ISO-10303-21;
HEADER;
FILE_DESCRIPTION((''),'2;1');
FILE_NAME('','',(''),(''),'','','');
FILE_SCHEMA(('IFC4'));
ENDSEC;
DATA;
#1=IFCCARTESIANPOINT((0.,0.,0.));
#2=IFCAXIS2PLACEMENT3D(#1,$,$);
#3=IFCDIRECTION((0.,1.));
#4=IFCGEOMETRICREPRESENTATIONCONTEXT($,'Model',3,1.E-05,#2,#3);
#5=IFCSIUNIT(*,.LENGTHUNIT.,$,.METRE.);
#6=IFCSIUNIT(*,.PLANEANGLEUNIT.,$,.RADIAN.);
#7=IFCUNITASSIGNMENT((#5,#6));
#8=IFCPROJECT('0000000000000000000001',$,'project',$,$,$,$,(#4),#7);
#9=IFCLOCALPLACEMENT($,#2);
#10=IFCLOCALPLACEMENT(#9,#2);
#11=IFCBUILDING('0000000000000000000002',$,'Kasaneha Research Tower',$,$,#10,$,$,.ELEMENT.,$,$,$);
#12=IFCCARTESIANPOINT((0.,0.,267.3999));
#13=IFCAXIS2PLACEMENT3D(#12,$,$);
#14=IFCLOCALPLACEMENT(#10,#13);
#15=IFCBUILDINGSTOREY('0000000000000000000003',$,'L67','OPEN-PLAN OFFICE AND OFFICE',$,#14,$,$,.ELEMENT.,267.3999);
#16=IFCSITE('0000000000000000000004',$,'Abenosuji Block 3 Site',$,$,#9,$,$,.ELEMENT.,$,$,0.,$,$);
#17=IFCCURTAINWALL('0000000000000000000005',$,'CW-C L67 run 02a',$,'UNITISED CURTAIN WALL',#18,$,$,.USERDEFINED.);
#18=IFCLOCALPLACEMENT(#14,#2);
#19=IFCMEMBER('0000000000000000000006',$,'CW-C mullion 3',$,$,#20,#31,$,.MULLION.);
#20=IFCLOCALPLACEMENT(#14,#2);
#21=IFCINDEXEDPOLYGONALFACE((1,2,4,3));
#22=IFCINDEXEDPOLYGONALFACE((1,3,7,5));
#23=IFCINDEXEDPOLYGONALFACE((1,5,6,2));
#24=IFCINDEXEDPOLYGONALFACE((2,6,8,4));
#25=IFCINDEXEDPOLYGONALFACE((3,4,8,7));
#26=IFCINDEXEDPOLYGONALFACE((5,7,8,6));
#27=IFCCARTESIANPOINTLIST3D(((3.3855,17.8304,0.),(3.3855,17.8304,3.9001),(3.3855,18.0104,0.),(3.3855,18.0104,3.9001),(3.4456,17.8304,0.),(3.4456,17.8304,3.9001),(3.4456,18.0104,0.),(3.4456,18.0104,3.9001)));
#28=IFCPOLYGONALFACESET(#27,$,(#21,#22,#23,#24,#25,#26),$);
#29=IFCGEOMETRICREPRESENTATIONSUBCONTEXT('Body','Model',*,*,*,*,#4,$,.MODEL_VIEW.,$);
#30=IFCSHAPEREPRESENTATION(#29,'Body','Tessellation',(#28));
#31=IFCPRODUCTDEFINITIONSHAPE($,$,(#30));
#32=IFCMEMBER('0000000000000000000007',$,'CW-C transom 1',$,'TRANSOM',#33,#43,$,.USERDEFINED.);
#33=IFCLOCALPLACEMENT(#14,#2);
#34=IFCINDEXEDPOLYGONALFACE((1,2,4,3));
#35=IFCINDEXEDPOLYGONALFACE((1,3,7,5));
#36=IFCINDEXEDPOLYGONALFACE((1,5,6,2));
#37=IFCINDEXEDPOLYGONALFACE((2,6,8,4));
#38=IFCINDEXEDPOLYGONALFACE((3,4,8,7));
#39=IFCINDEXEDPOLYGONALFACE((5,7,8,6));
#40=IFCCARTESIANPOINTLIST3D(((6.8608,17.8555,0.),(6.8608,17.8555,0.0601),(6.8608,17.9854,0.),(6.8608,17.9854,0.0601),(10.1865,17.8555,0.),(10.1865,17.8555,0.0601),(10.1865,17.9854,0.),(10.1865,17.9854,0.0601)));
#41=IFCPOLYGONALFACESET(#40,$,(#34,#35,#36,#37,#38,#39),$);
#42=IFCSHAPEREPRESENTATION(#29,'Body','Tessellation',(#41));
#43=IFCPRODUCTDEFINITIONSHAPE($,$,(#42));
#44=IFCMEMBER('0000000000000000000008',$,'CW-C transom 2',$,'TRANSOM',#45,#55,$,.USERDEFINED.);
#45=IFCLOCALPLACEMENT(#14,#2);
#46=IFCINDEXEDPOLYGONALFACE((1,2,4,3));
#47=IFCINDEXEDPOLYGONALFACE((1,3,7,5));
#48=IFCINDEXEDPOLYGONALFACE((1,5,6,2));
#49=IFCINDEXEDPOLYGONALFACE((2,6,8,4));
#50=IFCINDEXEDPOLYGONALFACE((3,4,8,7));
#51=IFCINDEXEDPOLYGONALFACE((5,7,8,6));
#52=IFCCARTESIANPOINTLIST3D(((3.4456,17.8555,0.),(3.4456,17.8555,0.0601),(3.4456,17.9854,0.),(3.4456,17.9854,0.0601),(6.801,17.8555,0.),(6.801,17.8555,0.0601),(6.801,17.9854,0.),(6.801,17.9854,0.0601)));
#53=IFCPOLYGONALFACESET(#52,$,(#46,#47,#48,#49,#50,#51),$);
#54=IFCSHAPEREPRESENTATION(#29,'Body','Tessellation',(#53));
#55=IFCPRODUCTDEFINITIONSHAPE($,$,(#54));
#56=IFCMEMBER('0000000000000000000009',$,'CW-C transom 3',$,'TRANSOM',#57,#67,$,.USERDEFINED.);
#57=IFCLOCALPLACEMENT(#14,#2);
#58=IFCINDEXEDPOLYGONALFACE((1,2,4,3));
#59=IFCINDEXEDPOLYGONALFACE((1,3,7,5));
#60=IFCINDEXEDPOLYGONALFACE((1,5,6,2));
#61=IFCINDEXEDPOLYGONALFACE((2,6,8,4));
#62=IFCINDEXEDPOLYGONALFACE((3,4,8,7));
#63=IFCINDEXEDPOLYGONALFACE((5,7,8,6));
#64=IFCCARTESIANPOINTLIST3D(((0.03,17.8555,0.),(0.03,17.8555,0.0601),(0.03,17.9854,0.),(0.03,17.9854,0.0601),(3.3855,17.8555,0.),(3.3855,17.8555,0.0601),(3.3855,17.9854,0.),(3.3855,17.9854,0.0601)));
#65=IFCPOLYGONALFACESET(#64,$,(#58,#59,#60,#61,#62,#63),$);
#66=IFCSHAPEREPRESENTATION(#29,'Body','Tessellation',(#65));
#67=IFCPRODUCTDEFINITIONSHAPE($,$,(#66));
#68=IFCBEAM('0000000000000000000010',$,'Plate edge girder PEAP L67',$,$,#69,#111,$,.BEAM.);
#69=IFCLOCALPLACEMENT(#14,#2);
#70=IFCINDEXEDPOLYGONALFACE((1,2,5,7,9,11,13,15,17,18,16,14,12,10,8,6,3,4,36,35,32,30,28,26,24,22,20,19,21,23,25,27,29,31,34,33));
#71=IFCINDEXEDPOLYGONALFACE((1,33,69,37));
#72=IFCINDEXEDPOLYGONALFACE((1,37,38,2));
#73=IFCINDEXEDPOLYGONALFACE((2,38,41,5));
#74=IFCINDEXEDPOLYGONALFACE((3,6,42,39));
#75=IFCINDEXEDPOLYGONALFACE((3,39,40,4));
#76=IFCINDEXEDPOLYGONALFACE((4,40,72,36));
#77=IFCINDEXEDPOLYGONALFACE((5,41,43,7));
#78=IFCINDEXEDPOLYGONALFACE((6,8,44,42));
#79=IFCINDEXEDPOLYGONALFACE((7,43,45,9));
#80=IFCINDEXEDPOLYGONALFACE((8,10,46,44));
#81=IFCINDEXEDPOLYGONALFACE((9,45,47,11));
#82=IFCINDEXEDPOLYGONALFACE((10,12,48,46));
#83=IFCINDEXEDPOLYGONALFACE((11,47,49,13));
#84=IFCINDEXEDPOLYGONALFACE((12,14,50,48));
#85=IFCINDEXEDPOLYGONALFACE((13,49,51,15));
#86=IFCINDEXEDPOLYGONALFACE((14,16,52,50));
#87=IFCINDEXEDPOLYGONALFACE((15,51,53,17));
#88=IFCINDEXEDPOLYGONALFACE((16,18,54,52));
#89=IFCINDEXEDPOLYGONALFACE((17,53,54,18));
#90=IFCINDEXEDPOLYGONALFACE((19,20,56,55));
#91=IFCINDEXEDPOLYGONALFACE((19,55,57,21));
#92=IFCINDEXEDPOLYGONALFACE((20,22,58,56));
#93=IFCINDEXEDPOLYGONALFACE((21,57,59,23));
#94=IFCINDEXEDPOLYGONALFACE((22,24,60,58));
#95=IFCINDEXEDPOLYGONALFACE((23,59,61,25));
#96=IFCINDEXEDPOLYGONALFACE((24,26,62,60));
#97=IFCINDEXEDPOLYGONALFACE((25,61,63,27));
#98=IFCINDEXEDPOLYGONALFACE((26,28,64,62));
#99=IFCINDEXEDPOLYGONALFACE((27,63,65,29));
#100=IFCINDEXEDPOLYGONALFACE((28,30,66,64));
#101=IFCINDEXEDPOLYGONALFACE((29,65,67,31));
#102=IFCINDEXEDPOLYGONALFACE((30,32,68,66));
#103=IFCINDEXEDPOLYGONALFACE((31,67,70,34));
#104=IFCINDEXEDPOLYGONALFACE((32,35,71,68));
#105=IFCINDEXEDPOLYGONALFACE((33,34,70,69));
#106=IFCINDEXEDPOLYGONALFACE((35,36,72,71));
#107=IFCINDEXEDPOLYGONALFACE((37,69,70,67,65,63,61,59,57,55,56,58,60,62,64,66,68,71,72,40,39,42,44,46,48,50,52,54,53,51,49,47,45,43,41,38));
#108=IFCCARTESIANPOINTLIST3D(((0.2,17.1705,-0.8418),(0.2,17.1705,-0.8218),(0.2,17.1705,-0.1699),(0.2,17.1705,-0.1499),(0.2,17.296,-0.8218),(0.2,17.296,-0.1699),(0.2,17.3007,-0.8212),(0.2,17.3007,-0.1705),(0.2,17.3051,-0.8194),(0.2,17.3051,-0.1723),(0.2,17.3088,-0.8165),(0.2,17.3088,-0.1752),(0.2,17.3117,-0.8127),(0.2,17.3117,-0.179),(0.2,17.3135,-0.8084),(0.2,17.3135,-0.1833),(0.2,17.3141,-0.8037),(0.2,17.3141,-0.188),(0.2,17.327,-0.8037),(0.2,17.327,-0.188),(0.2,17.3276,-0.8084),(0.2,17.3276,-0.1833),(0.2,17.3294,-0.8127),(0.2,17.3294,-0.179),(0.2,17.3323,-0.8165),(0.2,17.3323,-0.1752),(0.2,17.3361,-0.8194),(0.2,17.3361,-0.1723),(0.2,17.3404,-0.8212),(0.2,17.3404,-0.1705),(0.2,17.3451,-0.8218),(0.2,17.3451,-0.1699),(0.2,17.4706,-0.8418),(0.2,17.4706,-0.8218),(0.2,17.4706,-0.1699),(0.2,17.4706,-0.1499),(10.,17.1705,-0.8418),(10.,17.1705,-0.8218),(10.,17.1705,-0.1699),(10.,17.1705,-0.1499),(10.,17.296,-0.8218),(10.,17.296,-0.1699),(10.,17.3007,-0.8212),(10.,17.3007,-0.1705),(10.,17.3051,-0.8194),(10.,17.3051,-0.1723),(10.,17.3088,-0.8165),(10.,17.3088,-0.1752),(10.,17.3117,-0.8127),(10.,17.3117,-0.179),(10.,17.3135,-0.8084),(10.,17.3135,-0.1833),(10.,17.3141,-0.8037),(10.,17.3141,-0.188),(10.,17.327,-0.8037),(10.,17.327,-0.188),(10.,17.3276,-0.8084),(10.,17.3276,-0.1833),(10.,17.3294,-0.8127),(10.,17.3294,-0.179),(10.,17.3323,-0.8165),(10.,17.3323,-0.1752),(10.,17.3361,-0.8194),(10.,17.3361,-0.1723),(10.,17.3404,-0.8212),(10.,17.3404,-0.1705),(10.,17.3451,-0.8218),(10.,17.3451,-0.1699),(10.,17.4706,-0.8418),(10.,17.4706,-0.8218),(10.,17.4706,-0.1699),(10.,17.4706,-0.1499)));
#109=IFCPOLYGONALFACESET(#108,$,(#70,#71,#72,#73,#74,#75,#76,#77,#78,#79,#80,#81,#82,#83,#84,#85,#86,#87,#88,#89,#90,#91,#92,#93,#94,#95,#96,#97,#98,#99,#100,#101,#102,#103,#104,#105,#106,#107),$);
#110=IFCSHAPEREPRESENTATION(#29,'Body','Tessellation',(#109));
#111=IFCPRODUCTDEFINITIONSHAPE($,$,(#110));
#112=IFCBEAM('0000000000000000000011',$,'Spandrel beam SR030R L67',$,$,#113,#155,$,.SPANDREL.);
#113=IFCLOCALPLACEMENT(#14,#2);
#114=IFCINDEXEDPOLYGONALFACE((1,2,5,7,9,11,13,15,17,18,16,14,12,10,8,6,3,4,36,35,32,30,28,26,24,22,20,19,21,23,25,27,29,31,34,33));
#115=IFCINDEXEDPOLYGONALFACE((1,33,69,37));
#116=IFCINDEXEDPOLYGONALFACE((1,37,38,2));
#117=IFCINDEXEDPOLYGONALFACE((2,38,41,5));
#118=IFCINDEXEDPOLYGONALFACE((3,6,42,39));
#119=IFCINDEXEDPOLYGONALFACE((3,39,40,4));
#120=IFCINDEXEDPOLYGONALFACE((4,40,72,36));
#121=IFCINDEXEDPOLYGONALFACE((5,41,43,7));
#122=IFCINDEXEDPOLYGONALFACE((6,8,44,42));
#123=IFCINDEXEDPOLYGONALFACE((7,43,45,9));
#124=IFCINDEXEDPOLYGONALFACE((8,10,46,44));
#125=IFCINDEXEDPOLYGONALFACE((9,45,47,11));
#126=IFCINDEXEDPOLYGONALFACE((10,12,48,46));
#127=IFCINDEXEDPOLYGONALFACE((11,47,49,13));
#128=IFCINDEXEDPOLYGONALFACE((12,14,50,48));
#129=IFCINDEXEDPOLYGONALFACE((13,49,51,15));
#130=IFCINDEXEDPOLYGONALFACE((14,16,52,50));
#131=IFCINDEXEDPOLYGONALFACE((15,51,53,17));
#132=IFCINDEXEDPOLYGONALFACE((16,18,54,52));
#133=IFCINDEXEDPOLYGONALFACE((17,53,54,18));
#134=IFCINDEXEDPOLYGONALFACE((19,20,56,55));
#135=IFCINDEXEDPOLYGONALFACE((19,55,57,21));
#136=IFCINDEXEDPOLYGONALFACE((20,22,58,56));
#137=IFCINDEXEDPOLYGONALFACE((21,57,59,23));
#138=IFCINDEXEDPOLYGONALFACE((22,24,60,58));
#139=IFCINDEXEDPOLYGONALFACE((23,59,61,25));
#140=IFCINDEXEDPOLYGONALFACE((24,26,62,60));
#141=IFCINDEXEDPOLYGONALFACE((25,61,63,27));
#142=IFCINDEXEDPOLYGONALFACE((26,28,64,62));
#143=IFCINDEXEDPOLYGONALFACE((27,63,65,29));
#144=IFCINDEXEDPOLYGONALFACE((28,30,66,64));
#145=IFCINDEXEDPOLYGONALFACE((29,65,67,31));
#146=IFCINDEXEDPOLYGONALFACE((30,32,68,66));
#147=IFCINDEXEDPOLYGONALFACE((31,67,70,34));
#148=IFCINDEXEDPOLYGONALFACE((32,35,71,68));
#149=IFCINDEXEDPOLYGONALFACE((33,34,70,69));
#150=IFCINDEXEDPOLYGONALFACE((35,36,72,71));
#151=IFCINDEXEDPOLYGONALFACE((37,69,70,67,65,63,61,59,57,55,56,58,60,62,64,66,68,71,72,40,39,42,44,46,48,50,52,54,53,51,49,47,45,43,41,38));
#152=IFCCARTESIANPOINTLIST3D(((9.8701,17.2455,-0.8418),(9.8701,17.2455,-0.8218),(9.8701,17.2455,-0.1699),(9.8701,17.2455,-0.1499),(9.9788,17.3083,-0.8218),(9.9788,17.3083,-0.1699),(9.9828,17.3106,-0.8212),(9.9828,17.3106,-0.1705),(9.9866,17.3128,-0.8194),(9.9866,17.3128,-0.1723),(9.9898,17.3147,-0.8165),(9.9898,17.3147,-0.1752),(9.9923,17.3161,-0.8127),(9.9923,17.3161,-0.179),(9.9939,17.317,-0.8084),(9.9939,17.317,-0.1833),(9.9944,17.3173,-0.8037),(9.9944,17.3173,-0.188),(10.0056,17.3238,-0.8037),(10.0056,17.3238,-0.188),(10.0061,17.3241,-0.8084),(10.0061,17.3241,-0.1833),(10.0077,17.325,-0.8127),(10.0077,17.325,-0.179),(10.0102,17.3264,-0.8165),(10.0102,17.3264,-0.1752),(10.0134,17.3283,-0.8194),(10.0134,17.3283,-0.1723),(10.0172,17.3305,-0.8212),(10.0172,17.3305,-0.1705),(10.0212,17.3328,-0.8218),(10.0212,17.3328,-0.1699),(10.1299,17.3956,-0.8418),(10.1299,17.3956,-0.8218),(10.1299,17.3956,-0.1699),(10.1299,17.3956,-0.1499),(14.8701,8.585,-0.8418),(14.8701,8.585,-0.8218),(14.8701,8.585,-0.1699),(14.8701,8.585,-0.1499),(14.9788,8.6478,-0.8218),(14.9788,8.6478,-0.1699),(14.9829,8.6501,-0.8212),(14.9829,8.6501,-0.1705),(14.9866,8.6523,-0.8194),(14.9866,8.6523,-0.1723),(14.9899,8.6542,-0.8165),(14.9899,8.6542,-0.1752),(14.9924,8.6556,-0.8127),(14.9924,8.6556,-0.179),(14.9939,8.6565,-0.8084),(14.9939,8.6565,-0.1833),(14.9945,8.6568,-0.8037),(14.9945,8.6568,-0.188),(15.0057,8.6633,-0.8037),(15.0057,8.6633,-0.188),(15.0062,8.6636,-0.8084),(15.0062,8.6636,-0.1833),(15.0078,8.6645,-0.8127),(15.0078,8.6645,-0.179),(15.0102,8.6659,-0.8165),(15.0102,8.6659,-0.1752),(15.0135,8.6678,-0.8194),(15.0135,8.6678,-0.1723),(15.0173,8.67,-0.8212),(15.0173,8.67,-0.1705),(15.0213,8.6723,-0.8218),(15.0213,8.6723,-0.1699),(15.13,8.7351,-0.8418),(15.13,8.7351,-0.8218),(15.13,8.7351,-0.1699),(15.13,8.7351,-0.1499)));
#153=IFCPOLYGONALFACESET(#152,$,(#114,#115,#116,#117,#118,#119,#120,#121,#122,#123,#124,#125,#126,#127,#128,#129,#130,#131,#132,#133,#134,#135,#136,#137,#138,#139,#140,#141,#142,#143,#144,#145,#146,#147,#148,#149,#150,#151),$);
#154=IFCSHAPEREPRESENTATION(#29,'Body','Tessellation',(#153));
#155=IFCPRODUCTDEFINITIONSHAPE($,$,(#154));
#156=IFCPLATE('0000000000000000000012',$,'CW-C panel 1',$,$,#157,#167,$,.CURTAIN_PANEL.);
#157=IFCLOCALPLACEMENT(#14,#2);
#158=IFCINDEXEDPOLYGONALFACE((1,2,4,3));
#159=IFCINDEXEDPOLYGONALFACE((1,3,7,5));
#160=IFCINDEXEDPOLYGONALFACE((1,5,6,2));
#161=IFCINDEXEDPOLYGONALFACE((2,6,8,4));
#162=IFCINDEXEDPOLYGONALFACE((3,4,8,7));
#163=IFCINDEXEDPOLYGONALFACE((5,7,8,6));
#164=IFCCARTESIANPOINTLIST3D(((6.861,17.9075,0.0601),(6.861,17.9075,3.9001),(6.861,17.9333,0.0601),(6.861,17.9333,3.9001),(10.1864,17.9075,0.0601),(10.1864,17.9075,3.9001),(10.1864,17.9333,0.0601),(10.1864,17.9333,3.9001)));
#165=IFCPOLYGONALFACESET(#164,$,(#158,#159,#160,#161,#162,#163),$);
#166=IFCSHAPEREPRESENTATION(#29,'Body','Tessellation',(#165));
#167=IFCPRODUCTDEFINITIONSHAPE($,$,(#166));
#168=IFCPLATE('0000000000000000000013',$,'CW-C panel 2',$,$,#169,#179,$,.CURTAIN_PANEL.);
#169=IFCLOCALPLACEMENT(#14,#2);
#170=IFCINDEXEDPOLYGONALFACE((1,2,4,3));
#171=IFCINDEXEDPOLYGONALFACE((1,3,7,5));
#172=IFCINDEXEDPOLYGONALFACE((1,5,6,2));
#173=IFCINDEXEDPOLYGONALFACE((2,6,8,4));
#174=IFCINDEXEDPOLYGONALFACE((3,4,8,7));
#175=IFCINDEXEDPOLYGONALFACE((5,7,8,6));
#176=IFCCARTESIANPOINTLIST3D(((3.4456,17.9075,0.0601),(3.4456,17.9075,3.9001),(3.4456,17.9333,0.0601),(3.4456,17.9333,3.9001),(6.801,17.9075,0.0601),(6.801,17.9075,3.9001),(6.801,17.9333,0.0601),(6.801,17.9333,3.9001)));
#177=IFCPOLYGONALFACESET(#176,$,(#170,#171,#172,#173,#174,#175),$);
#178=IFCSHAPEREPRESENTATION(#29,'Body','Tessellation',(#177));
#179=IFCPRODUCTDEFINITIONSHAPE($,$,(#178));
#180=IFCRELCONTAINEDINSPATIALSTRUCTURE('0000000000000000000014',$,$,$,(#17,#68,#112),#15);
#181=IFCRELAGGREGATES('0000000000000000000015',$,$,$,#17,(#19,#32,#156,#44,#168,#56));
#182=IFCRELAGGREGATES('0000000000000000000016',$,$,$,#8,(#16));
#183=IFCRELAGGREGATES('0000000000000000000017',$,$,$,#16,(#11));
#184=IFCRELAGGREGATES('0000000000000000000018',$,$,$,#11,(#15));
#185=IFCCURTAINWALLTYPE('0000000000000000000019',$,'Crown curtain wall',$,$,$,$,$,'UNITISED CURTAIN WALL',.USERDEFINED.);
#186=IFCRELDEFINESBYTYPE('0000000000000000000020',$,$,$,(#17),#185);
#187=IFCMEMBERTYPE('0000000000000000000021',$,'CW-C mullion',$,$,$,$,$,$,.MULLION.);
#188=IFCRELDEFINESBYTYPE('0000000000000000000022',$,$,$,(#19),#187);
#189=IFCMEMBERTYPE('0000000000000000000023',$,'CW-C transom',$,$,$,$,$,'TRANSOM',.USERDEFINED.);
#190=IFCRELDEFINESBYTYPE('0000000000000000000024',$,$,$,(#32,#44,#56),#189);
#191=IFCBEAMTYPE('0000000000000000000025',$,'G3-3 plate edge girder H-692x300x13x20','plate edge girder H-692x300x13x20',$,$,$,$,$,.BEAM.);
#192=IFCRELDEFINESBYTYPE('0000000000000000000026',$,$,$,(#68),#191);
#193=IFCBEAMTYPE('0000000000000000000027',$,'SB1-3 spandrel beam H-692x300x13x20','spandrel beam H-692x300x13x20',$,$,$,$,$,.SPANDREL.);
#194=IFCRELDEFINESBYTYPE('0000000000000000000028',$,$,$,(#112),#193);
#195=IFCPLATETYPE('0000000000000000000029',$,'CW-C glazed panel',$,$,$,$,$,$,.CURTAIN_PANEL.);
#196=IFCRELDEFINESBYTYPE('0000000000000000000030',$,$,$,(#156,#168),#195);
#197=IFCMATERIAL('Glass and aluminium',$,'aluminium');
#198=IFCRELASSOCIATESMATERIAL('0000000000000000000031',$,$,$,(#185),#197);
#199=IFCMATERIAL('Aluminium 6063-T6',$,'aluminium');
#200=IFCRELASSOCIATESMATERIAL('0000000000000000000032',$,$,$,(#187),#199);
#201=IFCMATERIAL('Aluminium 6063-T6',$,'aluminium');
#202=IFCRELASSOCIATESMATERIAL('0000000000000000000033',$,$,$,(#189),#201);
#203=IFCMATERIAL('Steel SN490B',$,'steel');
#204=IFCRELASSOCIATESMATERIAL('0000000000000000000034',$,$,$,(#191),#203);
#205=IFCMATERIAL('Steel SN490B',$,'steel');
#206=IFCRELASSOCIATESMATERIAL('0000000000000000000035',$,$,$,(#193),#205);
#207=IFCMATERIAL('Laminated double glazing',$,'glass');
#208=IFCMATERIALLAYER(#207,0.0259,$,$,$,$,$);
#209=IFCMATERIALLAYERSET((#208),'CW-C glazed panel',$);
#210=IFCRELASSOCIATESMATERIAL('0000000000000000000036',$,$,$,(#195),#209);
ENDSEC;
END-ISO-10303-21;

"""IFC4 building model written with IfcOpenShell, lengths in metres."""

from ifc_helpers import new_model, si_unit, direction, frame, origin, origin_2d, place, context, subcontext, project, spatial, rectangle, i_section, extrude, material, layer, layer_set, material_profile, profile_set, type_object, element, aggregate, save


model = new_model("IFC4")

# Units and contexts
model_context = context("Model", 3, precision=1e-05, world=origin(), true_north=direction((0.0, 1.0)))
body_context = subcontext(model_context, "Body", "Model", "MODEL_VIEW")
ifc_project = project(units=[si_unit("LENGTHUNIT", "METRE"), si_unit("PLANEANGLEUNIT", "RADIAN")], contexts=[model_context])

# Site, building, storey
site_placement = place(None, origin())
site = spatial("IfcSite", under=ifc_project, at=site_placement, Name="Abenosuji Block 3 Site", CompositionType="ELEMENT", RefElevation=0.0)
building_placement = place(site_placement, origin())
building = spatial("IfcBuilding", under=site, at=building_placement, Name="Kasaneha Research Tower", CompositionType="ELEMENT")
storey_placement = place(building_placement, frame((0.0, 0.0, 267.3999)))
storey = spatial("IfcBuildingStorey", under=building, at=storey_placement, Name="L67", Description="OPEN-PLAN OFFICE AND OFFICE", CompositionType="ELEMENT", Elevation=267.3999)

# Curtain wall, members
ifc_material_1 = material(Name="Glass and aluminium", Category="aluminium")
curtain_wall_type = type_object("IfcCurtainWallType", Name="Crown curtain wall", ElementType="UNITISED CURTAIN WALL", PredefinedType="USERDEFINED", material=ifc_material_1)
curtain_wall_placement = place(storey_placement, origin())
curtain_wall = element("IfcCurtainWall", 1, at=curtain_wall_placement, inside=storey, type_object=curtain_wall_type, Name="CW-C L67 run 02a", ObjectType="UNITISED CURTAIN WALL", PredefinedType="USERDEFINED")
ifc_material_2 = material(Name="Aluminium 6063-T6", Category="aluminium")
ifc_material_profile_1 = material_profile(ifc_material_2, rectangle(XDim=0.0601, YDim=0.1799, at=origin_2d()), Name="CW-C mullion 60x180")
ifc_profile_set_1 = profile_set([ifc_material_profile_1], Name="Aluminium 6063-T6")
member_type_1 = type_object("IfcMemberType", Name="CW-C mullion", PredefinedType="MULLION", material=ifc_profile_set_1)
member_1_placement = place(storey_placement, frame((3.4155, 17.9204, 0.0), z_axis=(0.0, 0.0, 1.0), x_axis=(-1.0, 0.0, 0.0)))
member_1 = element("IfcMember", 2, at=member_1_placement, type_object=member_type_1, Name="CW-C mullion 3", PredefinedType="MULLION", context=body_context, shape_type="SweptSolid", body=[
    extrude(rectangle(XDim=0.0601, YDim=0.1799, at=origin_2d()), origin(), (0.0, 0.0, 1.0), 3.9001),
])
ifc_material_3 = material(Name="Aluminium 6063-T6", Category="aluminium")
ifc_material_profile_2 = material_profile(ifc_material_3, rectangle(XDim=0.1299, YDim=0.0601, at=origin_2d()), Name="CW-C transom 130x60")
ifc_profile_set_2 = profile_set([ifc_material_profile_2], Name="Aluminium 6063-T6")
member_type_2 = type_object("IfcMemberType", Name="CW-C transom", ElementType="TRANSOM", PredefinedType="USERDEFINED", material=ifc_profile_set_2)
member_2_placement = place(storey_placement, frame((10.1865, 17.9204, 0.03), z_axis=(-1.0, 0.0, 0.0), x_axis=(0.0, -1.0, 0.0)))
member_2 = element("IfcMember", 3, at=member_2_placement, type_object=member_type_2, Name="CW-C transom 1", ObjectType="TRANSOM", PredefinedType="USERDEFINED", context=body_context, shape_type="SweptSolid", body=[
    extrude(rectangle(XDim=0.1299, YDim=0.0601, at=origin_2d()), origin(), (0.0, 0.0, 1.0), 3.3257),
])
member_3_placement = place(storey_placement, frame((6.801, 17.9204, 0.03), z_axis=(-1.0, 0.0, 0.0), x_axis=(0.0, -1.0, 0.0)))
member_3 = element("IfcMember", 4, at=member_3_placement, type_object=member_type_2, Name="CW-C transom 2", ObjectType="TRANSOM", PredefinedType="USERDEFINED", context=body_context, shape_type="SweptSolid", body=[
    extrude(rectangle(XDim=0.1299, YDim=0.0601, at=origin_2d()), origin(), (0.0, 0.0, 1.0), 3.3555),
])
member_4_placement = place(storey_placement, frame((3.3855, 17.9204, 0.03), z_axis=(-1.0, 0.0, 0.0), x_axis=(0.0, -1.0, 0.0)))
member_4 = element("IfcMember", 5, at=member_4_placement, type_object=member_type_2, Name="CW-C transom 3", ObjectType="TRANSOM", PredefinedType="USERDEFINED", context=body_context, shape_type="SweptSolid", body=[
    extrude(rectangle(XDim=0.1299, YDim=0.0601, at=origin_2d()), origin(), (0.0, 0.0, 1.0), 3.3555),
])

# Beams
ifc_material_4 = material(Name="Steel SN490B", Category="steel")
ifc_material_profile_3 = material_profile(ifc_material_4, i_section(OverallWidth=0.3, OverallDepth=0.6919, WebThickness=0.0129, FlangeThickness=0.02, FilletRadius=0.0181, at=origin_2d()), Name="H-692x300x13x20")
ifc_profile_set_3 = profile_set([ifc_material_profile_3], Name="Steel SN490B")
beam_type_1 = type_object("IfcBeamType", Name="G3-3 plate edge girder H-692x300x13x20", Description="plate edge girder H-692x300x13x20", PredefinedType="BEAM", material=ifc_profile_set_3)
beam_1_placement = place(storey_placement, frame((10.0, 17.3206, -0.4958), z_axis=(-1.0, 0.0, 0.0), x_axis=(0.0, -1.0, 0.0)))
element("IfcBeam", 6, at=beam_1_placement, inside=storey, type_object=beam_type_1, Name="Plate edge girder PEAP L67", PredefinedType="BEAM", context=body_context, shape_type="SweptSolid", body=[
    extrude(i_section(OverallWidth=0.3, OverallDepth=0.6919, WebThickness=0.0129, FlangeThickness=0.02, FilletRadius=0.0181, at=origin_2d()), origin(), (0.0, 0.0, 1.0), 9.8),
])
ifc_material_5 = material(Name="Steel SN490B", Category="steel")
ifc_material_profile_4 = material_profile(ifc_material_5, i_section(OverallWidth=0.3, OverallDepth=0.6919, WebThickness=0.0129, FlangeThickness=0.02, FilletRadius=0.0181, at=origin_2d()), Name="H-692x300x13x20")
ifc_profile_set_4 = profile_set([ifc_material_profile_4], Name="Steel SN490B")
beam_type_2 = type_object("IfcBeamType", Name="SB1-3 spandrel beam H-692x300x13x20", Description="spandrel beam H-692x300x13x20", PredefinedType="SPANDREL", material=ifc_profile_set_4)
beam_2_placement = place(storey_placement, frame((10.0, 17.3206, -0.4958), z_axis=(0.499994, -0.866029, 0.0), x_axis=(0.866029, 0.499994, 0.0)))
element("IfcBeam", 7, at=beam_2_placement, inside=storey, type_object=beam_type_2, Name="Spandrel beam SR030R L67", PredefinedType="SPANDREL", context=body_context, shape_type="SweptSolid", body=[
    extrude(i_section(OverallWidth=0.3, OverallDepth=0.6919, WebThickness=0.0129, FlangeThickness=0.02, FilletRadius=0.0181, at=origin_2d()), origin(), (0.0, 0.0, 1.0), 10.0002),
])

# Plates
ifc_material_6 = material(Name="Laminated double glazing", Category="glass")
ifc_layer_1 = layer(ifc_material_6, 0.0259)
ifc_layer_set_1 = layer_set([ifc_layer_1], Name="CW-C glazed panel")
plate_type = type_object("IfcPlateType", Name="CW-C glazed panel", PredefinedType="CURTAIN_PANEL", material=ifc_layer_set_1)
plate_1_placement = place(storey_placement, frame((8.5237, 17.9204, 0.0601), z_axis=(0.0, 0.0, 1.0), x_axis=(-1.0, 0.0, 0.0)))
plate_1 = element("IfcPlate", 8, at=plate_1_placement, type_object=plate_type, Name="CW-C panel 1", PredefinedType="CURTAIN_PANEL", context=body_context, shape_type="SweptSolid", body=[
    extrude(rectangle(XDim=3.3254, YDim=0.0259, at=origin_2d()), origin(), (0.0, 0.0, 1.0), 3.8401),
])
plate_2_placement = place(storey_placement, frame((5.1233, 17.9204, 0.0601), z_axis=(0.0, 0.0, 1.0), x_axis=(-1.0, 0.0, 0.0)))
plate_2 = element("IfcPlate", 9, at=plate_2_placement, type_object=plate_type, Name="CW-C panel 2", PredefinedType="CURTAIN_PANEL", context=body_context, shape_type="SweptSolid", body=[
    extrude(rectangle(XDim=3.3555, YDim=0.0259, at=origin_2d()), origin(), (0.0, 0.0, 1.0), 3.8401),
])
aggregate(curtain_wall, [member_1, member_2, plate_1, member_3, plate_2, member_4])

save(model, "model.ifc")
